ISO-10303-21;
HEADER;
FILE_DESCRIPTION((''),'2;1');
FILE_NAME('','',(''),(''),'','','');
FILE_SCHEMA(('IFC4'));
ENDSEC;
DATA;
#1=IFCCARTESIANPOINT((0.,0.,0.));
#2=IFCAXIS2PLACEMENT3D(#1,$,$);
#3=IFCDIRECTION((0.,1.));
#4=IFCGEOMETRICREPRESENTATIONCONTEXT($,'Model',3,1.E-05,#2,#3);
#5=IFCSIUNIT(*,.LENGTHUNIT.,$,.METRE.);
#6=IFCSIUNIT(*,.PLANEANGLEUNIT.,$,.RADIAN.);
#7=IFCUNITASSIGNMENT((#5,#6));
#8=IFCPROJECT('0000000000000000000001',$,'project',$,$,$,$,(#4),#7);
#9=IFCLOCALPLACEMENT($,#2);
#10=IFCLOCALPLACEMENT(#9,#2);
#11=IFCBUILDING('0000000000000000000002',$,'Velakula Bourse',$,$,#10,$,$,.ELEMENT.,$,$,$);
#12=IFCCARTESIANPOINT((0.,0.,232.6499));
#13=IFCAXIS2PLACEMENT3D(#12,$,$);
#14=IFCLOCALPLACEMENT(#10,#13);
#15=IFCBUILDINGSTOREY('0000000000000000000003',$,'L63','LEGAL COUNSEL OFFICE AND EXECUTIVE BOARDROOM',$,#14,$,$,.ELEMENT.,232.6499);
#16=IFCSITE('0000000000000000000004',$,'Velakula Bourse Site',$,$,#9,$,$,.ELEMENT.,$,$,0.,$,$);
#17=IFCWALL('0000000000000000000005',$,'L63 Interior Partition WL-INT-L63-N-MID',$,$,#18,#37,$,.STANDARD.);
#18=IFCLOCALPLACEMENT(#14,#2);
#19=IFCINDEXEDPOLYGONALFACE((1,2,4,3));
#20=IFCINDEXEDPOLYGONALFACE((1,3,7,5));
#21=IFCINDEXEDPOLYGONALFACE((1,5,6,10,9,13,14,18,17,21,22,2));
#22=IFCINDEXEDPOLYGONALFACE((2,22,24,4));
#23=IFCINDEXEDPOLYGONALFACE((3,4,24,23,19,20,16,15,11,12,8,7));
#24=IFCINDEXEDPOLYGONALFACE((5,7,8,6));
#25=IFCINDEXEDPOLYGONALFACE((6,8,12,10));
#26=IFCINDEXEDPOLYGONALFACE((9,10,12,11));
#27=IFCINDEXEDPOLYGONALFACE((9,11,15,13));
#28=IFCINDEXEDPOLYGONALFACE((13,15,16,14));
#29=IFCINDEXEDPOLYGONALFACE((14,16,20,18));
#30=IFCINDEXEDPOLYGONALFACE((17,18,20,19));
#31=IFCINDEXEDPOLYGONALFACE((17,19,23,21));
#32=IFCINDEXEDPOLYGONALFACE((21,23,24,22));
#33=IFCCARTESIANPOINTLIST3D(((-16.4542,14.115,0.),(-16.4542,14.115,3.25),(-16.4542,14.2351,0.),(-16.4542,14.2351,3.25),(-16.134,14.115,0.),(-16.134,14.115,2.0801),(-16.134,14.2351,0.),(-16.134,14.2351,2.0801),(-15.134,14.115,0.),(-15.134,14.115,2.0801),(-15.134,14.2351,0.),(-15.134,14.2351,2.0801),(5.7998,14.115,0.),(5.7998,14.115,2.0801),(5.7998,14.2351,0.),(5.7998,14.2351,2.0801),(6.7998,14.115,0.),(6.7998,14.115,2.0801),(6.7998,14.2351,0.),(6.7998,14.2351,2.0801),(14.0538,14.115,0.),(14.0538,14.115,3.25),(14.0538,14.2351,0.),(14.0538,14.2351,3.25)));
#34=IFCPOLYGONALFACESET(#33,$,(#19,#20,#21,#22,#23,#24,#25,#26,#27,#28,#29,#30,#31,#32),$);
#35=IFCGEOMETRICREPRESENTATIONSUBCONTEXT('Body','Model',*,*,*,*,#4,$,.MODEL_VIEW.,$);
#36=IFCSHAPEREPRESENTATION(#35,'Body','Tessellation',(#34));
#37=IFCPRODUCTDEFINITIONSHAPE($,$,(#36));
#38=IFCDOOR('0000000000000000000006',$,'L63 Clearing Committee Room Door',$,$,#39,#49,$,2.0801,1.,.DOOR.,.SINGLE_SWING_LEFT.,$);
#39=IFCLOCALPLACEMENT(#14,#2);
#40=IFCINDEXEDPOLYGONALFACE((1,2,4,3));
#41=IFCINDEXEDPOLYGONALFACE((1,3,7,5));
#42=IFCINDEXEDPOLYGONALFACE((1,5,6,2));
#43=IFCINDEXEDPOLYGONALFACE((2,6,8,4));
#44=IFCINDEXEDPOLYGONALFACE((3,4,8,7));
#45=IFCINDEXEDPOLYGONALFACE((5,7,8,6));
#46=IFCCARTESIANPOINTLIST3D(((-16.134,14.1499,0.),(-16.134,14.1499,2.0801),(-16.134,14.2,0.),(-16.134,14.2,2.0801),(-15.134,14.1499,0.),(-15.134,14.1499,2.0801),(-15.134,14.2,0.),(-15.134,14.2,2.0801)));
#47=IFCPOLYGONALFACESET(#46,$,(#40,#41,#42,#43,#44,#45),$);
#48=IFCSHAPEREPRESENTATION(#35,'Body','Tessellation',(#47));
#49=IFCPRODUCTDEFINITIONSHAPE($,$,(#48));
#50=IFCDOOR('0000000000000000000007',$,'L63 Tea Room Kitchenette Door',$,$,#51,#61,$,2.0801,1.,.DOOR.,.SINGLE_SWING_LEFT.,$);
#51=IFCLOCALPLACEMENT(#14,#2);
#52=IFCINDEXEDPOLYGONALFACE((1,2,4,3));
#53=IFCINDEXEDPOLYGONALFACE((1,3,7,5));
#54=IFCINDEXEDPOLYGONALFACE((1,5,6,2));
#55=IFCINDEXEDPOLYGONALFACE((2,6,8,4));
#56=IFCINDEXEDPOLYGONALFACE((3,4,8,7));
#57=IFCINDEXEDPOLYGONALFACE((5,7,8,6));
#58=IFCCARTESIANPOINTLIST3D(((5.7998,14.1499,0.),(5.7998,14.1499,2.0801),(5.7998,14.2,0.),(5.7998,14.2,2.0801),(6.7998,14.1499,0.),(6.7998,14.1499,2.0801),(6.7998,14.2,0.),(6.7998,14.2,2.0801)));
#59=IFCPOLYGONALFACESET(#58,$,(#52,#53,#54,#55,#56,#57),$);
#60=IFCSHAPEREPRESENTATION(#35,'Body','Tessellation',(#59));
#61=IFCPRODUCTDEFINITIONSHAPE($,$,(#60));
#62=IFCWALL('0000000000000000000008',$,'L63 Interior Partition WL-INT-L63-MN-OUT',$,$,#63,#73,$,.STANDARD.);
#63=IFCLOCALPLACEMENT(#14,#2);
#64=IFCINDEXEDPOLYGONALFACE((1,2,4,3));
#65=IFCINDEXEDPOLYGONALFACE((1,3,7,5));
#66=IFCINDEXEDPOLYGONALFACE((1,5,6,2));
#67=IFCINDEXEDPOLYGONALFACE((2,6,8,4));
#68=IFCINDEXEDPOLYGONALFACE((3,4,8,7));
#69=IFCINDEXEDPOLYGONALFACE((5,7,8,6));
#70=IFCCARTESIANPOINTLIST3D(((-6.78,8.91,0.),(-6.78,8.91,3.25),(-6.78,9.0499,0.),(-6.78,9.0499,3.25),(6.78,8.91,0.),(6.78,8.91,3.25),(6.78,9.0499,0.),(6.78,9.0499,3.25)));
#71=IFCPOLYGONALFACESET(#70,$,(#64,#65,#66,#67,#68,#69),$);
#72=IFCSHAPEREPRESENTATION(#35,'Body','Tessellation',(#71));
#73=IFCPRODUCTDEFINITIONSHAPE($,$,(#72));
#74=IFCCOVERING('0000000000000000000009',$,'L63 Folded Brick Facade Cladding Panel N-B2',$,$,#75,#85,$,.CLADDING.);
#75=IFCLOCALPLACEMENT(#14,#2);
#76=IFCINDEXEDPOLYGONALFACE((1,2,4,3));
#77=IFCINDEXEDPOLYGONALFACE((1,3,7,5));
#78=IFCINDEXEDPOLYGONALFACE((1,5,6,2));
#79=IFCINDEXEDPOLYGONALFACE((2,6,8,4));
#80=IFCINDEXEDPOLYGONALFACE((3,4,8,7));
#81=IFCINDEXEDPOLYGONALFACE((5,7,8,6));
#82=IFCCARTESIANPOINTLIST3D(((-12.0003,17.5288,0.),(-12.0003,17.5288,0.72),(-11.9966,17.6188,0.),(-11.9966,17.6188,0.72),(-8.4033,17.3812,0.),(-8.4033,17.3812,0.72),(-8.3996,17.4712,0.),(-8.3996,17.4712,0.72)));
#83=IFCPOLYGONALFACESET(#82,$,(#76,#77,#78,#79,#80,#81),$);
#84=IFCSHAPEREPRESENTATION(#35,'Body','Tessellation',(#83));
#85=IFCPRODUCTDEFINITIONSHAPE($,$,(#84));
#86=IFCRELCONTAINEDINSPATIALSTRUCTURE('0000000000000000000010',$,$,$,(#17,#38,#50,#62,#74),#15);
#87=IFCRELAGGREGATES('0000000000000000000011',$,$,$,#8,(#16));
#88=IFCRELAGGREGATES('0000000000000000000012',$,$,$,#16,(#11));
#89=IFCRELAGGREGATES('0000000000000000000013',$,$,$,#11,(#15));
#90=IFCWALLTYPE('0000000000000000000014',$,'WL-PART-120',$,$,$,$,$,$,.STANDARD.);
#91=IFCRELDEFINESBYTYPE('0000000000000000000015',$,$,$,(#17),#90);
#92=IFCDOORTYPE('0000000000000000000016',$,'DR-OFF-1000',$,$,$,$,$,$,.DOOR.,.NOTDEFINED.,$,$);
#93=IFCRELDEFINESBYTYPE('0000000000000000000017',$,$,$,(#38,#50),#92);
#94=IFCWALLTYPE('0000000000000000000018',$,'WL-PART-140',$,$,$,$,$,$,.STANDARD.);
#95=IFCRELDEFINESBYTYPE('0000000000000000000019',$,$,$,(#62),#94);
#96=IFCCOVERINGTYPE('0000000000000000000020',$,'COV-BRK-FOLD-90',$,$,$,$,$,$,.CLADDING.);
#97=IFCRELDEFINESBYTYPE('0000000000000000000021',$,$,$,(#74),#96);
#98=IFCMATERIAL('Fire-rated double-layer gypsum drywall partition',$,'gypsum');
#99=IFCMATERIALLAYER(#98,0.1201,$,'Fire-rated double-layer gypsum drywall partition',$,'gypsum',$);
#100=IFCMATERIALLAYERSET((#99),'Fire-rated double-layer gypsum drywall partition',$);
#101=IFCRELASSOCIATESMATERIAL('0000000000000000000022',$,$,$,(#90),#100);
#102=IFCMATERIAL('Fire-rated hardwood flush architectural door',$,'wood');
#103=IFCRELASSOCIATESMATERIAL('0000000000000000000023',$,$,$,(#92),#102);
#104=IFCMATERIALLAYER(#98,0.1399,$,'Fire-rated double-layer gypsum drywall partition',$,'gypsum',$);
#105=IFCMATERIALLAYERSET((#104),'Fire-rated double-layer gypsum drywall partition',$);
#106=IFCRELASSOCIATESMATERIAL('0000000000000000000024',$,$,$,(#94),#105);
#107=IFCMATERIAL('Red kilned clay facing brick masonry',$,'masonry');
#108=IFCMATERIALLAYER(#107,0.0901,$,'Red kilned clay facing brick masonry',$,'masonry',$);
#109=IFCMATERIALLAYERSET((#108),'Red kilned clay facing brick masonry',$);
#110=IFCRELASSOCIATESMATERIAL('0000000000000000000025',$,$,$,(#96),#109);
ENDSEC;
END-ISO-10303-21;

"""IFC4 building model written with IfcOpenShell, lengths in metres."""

from ifc_helpers import new_model, si_unit, direction, frame, frame_2d, origin, origin_2d, place, context, subcontext, project, spatial, rectangle, extrude, material, layer, layer_set, type_object, element, fill, save


model = new_model("IFC4")

# Units and contexts
model_context = context("Model", 3, precision=1e-05, world=origin(), true_north=direction((0.0, 1.0)))
body_context = subcontext(model_context, "Body", "Model", "MODEL_VIEW")
ifc_project = project(units=[si_unit("LENGTHUNIT", "METRE"), si_unit("PLANEANGLEUNIT", "RADIAN")], contexts=[model_context])

# Site, building, storey
site_placement = place(None, origin())
site = spatial("IfcSite", under=ifc_project, at=site_placement, Name="Velakula Bourse Site", CompositionType="ELEMENT", RefElevation=0.0)
building_placement = place(site_placement, origin())
building = spatial("IfcBuilding", under=site, at=building_placement, Name="Velakula Bourse", CompositionType="ELEMENT")
storey_placement = place(building_placement, frame((0.0, 0.0, 232.6499)))
storey = spatial("IfcBuildingStorey", under=building, at=storey_placement, Name="L63", Description="LEGAL COUNSEL OFFICE AND EXECUTIVE BOARDROOM", CompositionType="ELEMENT", Elevation=232.6499)

# Shared definitions
ifc_material_1 = material(Name="Fire-rated double-layer gypsum drywall partition", Category="gypsum")
ifc_layer_1 = layer(ifc_material_1, 0.1201, Name="Fire-rated double-layer gypsum drywall partition", Category="gypsum")
ifc_layer_set_1 = layer_set([ifc_layer_1], Name="Fire-rated double-layer gypsum drywall partition")
wall_type_1 = type_object("IfcWallType", Name="WL-PART-120", PredefinedType="STANDARD", material=ifc_layer_set_1)

# Wall, openings, doors
wall_1_placement = place(storey_placement, frame((-16.4541, 14.175, 0.0), z_axis=(0.0, 0.0, 1.0), x_axis=(1.0, 0.0, 0.0)))
wall_1 = element("IfcWall", 1, at=wall_1_placement, inside=storey, type_object=wall_type_1, Name="L63 Interior Partition WL-INT-L63-N-MID", PredefinedType="STANDARD", context=body_context, shape_type="SweptSolid", body=[
    extrude(rectangle(XDim=30.5081, YDim=0.1201, at=frame_2d((15.2539, 0.0))), origin(), (0.0, 0.0, 1.0), 3.25),
])
opening_1_placement = place(wall_1_placement, frame((0.3201, 0.0, 0.0)))
opening_1 = element("IfcOpeningElement", 2, at=opening_1_placement, cuts=wall_1, PredefinedType="OPENING", context=body_context, shape_type="SweptSolid", body=[
    extrude(rectangle(XDim=1.0, YDim=2.0801, at=frame_2d((0.5, 1.04))), frame((0.0, 0.0701, 0.0), z_axis=(0.0, -1.0, 0.0), x_axis=(1.0, 0.0, 0.0)), (0.0, 0.0, 1.0), 0.1401),
])
opening_2_placement = place(wall_1_placement, frame((22.2539, 0.0, 0.0)))
opening_2 = element("IfcOpeningElement", 3, at=opening_2_placement, cuts=wall_1, PredefinedType="OPENING", context=body_context, shape_type="SweptSolid", body=[
    extrude(rectangle(XDim=1.0, YDim=2.0801, at=frame_2d((0.5, 1.04))), frame((0.0, 0.0701, 0.0), z_axis=(0.0, -1.0, 0.0), x_axis=(1.0, 0.0, 0.0)), (0.0, 0.0, 1.0), 0.1401),
])
ifc_material_2 = material(Name="Fire-rated hardwood flush architectural door", Category="wood")
door_type = type_object("IfcDoorType", Name="DR-OFF-1000", OperationType="NOTDEFINED", PredefinedType="DOOR", material=ifc_material_2)
door_1_placement = place(opening_1_placement, origin())
door_1 = element("IfcDoor", 4, at=door_1_placement, inside=storey, type_object=door_type, Name="L63 Clearing Committee Room Door", OperationType="SINGLE_SWING_LEFT", OverallHeight=2.0801, OverallWidth=1.0, PredefinedType="DOOR", context=body_context, shape_type="SweptSolid", body=[
    extrude(rectangle(XDim=1.0, YDim=2.0801, at=frame_2d((0.5, 1.04))), frame((0.0, 0.0249, 0.0), z_axis=(0.0, -1.0, 0.0), x_axis=(1.0, 0.0, 0.0)), (0.0, 0.0, 1.0), 0.05),
])
fill(opening_1, door_1)
door_2_placement = place(opening_2_placement, origin())
door_2 = element("IfcDoor", 5, at=door_2_placement, inside=storey, type_object=door_type, Name="L63 Tea Room Kitchenette Door", OperationType="SINGLE_SWING_LEFT", OverallHeight=2.0801, OverallWidth=1.0, PredefinedType="DOOR", context=body_context, shape_type="SweptSolid", body=[
    extrude(rectangle(XDim=1.0, YDim=2.0801, at=frame_2d((0.5, 1.04))), frame((0.0, 0.0249, 0.0), z_axis=(0.0, -1.0, 0.0), x_axis=(1.0, 0.0, 0.0)), (0.0, 0.0, 1.0), 0.05),
])
fill(opening_2, door_2)

# Wall
ifc_layer_2 = layer(ifc_material_1, 0.1399, Name="Fire-rated double-layer gypsum drywall partition", Category="gypsum")
ifc_layer_set_2 = layer_set([ifc_layer_2], Name="Fire-rated double-layer gypsum drywall partition")
wall_type_2 = type_object("IfcWallType", Name="WL-PART-140", PredefinedType="STANDARD", material=ifc_layer_set_2)
wall_2_placement = place(storey_placement, frame((-6.78, 8.98, 0.0), z_axis=(0.0, 0.0, 1.0), x_axis=(1.0, 0.0, 0.0)))
element("IfcWall", 6, at=wall_2_placement, inside=storey, type_object=wall_type_2, Name="L63 Interior Partition WL-INT-L63-MN-OUT", PredefinedType="STANDARD", context=body_context, shape_type="SweptSolid", body=[
    extrude(rectangle(XDim=13.5601, YDim=0.1399, at=frame_2d((6.78, 0.0))), origin(), (0.0, 0.0, 1.0), 3.25),
])

# Covering
ifc_material_3 = material(Name="Red kilned clay facing brick masonry", Category="masonry")
ifc_layer_3 = layer(ifc_material_3, 0.0901, Name="Red kilned clay facing brick masonry", Category="masonry")
ifc_layer_set_3 = layer_set([ifc_layer_3], Name="Red kilned clay facing brick masonry")
covering_type = type_object("IfcCoveringType", Name="COV-BRK-FOLD-90", PredefinedType="CLADDING", material=ifc_layer_set_3)
covering_placement = place(storey_placement, frame((-10.2, 17.5, 0.0), z_axis=(0.0, 0.0, 1.0), x_axis=(0.999159, -0.041004, 0.0)))
element("IfcCovering", 7, at=covering_placement, inside=storey, type_object=covering_type, Name="L63 Folded Brick Facade Cladding Panel N-B2", PredefinedType="CLADDING", context=body_context, shape_type="SweptSolid", body=[
    extrude(rectangle(XDim=3.6001, YDim=0.0901, at=origin_2d()), origin(), (0.0, 0.0, 1.0), 0.72),
])

save(model, "model.ifc")
